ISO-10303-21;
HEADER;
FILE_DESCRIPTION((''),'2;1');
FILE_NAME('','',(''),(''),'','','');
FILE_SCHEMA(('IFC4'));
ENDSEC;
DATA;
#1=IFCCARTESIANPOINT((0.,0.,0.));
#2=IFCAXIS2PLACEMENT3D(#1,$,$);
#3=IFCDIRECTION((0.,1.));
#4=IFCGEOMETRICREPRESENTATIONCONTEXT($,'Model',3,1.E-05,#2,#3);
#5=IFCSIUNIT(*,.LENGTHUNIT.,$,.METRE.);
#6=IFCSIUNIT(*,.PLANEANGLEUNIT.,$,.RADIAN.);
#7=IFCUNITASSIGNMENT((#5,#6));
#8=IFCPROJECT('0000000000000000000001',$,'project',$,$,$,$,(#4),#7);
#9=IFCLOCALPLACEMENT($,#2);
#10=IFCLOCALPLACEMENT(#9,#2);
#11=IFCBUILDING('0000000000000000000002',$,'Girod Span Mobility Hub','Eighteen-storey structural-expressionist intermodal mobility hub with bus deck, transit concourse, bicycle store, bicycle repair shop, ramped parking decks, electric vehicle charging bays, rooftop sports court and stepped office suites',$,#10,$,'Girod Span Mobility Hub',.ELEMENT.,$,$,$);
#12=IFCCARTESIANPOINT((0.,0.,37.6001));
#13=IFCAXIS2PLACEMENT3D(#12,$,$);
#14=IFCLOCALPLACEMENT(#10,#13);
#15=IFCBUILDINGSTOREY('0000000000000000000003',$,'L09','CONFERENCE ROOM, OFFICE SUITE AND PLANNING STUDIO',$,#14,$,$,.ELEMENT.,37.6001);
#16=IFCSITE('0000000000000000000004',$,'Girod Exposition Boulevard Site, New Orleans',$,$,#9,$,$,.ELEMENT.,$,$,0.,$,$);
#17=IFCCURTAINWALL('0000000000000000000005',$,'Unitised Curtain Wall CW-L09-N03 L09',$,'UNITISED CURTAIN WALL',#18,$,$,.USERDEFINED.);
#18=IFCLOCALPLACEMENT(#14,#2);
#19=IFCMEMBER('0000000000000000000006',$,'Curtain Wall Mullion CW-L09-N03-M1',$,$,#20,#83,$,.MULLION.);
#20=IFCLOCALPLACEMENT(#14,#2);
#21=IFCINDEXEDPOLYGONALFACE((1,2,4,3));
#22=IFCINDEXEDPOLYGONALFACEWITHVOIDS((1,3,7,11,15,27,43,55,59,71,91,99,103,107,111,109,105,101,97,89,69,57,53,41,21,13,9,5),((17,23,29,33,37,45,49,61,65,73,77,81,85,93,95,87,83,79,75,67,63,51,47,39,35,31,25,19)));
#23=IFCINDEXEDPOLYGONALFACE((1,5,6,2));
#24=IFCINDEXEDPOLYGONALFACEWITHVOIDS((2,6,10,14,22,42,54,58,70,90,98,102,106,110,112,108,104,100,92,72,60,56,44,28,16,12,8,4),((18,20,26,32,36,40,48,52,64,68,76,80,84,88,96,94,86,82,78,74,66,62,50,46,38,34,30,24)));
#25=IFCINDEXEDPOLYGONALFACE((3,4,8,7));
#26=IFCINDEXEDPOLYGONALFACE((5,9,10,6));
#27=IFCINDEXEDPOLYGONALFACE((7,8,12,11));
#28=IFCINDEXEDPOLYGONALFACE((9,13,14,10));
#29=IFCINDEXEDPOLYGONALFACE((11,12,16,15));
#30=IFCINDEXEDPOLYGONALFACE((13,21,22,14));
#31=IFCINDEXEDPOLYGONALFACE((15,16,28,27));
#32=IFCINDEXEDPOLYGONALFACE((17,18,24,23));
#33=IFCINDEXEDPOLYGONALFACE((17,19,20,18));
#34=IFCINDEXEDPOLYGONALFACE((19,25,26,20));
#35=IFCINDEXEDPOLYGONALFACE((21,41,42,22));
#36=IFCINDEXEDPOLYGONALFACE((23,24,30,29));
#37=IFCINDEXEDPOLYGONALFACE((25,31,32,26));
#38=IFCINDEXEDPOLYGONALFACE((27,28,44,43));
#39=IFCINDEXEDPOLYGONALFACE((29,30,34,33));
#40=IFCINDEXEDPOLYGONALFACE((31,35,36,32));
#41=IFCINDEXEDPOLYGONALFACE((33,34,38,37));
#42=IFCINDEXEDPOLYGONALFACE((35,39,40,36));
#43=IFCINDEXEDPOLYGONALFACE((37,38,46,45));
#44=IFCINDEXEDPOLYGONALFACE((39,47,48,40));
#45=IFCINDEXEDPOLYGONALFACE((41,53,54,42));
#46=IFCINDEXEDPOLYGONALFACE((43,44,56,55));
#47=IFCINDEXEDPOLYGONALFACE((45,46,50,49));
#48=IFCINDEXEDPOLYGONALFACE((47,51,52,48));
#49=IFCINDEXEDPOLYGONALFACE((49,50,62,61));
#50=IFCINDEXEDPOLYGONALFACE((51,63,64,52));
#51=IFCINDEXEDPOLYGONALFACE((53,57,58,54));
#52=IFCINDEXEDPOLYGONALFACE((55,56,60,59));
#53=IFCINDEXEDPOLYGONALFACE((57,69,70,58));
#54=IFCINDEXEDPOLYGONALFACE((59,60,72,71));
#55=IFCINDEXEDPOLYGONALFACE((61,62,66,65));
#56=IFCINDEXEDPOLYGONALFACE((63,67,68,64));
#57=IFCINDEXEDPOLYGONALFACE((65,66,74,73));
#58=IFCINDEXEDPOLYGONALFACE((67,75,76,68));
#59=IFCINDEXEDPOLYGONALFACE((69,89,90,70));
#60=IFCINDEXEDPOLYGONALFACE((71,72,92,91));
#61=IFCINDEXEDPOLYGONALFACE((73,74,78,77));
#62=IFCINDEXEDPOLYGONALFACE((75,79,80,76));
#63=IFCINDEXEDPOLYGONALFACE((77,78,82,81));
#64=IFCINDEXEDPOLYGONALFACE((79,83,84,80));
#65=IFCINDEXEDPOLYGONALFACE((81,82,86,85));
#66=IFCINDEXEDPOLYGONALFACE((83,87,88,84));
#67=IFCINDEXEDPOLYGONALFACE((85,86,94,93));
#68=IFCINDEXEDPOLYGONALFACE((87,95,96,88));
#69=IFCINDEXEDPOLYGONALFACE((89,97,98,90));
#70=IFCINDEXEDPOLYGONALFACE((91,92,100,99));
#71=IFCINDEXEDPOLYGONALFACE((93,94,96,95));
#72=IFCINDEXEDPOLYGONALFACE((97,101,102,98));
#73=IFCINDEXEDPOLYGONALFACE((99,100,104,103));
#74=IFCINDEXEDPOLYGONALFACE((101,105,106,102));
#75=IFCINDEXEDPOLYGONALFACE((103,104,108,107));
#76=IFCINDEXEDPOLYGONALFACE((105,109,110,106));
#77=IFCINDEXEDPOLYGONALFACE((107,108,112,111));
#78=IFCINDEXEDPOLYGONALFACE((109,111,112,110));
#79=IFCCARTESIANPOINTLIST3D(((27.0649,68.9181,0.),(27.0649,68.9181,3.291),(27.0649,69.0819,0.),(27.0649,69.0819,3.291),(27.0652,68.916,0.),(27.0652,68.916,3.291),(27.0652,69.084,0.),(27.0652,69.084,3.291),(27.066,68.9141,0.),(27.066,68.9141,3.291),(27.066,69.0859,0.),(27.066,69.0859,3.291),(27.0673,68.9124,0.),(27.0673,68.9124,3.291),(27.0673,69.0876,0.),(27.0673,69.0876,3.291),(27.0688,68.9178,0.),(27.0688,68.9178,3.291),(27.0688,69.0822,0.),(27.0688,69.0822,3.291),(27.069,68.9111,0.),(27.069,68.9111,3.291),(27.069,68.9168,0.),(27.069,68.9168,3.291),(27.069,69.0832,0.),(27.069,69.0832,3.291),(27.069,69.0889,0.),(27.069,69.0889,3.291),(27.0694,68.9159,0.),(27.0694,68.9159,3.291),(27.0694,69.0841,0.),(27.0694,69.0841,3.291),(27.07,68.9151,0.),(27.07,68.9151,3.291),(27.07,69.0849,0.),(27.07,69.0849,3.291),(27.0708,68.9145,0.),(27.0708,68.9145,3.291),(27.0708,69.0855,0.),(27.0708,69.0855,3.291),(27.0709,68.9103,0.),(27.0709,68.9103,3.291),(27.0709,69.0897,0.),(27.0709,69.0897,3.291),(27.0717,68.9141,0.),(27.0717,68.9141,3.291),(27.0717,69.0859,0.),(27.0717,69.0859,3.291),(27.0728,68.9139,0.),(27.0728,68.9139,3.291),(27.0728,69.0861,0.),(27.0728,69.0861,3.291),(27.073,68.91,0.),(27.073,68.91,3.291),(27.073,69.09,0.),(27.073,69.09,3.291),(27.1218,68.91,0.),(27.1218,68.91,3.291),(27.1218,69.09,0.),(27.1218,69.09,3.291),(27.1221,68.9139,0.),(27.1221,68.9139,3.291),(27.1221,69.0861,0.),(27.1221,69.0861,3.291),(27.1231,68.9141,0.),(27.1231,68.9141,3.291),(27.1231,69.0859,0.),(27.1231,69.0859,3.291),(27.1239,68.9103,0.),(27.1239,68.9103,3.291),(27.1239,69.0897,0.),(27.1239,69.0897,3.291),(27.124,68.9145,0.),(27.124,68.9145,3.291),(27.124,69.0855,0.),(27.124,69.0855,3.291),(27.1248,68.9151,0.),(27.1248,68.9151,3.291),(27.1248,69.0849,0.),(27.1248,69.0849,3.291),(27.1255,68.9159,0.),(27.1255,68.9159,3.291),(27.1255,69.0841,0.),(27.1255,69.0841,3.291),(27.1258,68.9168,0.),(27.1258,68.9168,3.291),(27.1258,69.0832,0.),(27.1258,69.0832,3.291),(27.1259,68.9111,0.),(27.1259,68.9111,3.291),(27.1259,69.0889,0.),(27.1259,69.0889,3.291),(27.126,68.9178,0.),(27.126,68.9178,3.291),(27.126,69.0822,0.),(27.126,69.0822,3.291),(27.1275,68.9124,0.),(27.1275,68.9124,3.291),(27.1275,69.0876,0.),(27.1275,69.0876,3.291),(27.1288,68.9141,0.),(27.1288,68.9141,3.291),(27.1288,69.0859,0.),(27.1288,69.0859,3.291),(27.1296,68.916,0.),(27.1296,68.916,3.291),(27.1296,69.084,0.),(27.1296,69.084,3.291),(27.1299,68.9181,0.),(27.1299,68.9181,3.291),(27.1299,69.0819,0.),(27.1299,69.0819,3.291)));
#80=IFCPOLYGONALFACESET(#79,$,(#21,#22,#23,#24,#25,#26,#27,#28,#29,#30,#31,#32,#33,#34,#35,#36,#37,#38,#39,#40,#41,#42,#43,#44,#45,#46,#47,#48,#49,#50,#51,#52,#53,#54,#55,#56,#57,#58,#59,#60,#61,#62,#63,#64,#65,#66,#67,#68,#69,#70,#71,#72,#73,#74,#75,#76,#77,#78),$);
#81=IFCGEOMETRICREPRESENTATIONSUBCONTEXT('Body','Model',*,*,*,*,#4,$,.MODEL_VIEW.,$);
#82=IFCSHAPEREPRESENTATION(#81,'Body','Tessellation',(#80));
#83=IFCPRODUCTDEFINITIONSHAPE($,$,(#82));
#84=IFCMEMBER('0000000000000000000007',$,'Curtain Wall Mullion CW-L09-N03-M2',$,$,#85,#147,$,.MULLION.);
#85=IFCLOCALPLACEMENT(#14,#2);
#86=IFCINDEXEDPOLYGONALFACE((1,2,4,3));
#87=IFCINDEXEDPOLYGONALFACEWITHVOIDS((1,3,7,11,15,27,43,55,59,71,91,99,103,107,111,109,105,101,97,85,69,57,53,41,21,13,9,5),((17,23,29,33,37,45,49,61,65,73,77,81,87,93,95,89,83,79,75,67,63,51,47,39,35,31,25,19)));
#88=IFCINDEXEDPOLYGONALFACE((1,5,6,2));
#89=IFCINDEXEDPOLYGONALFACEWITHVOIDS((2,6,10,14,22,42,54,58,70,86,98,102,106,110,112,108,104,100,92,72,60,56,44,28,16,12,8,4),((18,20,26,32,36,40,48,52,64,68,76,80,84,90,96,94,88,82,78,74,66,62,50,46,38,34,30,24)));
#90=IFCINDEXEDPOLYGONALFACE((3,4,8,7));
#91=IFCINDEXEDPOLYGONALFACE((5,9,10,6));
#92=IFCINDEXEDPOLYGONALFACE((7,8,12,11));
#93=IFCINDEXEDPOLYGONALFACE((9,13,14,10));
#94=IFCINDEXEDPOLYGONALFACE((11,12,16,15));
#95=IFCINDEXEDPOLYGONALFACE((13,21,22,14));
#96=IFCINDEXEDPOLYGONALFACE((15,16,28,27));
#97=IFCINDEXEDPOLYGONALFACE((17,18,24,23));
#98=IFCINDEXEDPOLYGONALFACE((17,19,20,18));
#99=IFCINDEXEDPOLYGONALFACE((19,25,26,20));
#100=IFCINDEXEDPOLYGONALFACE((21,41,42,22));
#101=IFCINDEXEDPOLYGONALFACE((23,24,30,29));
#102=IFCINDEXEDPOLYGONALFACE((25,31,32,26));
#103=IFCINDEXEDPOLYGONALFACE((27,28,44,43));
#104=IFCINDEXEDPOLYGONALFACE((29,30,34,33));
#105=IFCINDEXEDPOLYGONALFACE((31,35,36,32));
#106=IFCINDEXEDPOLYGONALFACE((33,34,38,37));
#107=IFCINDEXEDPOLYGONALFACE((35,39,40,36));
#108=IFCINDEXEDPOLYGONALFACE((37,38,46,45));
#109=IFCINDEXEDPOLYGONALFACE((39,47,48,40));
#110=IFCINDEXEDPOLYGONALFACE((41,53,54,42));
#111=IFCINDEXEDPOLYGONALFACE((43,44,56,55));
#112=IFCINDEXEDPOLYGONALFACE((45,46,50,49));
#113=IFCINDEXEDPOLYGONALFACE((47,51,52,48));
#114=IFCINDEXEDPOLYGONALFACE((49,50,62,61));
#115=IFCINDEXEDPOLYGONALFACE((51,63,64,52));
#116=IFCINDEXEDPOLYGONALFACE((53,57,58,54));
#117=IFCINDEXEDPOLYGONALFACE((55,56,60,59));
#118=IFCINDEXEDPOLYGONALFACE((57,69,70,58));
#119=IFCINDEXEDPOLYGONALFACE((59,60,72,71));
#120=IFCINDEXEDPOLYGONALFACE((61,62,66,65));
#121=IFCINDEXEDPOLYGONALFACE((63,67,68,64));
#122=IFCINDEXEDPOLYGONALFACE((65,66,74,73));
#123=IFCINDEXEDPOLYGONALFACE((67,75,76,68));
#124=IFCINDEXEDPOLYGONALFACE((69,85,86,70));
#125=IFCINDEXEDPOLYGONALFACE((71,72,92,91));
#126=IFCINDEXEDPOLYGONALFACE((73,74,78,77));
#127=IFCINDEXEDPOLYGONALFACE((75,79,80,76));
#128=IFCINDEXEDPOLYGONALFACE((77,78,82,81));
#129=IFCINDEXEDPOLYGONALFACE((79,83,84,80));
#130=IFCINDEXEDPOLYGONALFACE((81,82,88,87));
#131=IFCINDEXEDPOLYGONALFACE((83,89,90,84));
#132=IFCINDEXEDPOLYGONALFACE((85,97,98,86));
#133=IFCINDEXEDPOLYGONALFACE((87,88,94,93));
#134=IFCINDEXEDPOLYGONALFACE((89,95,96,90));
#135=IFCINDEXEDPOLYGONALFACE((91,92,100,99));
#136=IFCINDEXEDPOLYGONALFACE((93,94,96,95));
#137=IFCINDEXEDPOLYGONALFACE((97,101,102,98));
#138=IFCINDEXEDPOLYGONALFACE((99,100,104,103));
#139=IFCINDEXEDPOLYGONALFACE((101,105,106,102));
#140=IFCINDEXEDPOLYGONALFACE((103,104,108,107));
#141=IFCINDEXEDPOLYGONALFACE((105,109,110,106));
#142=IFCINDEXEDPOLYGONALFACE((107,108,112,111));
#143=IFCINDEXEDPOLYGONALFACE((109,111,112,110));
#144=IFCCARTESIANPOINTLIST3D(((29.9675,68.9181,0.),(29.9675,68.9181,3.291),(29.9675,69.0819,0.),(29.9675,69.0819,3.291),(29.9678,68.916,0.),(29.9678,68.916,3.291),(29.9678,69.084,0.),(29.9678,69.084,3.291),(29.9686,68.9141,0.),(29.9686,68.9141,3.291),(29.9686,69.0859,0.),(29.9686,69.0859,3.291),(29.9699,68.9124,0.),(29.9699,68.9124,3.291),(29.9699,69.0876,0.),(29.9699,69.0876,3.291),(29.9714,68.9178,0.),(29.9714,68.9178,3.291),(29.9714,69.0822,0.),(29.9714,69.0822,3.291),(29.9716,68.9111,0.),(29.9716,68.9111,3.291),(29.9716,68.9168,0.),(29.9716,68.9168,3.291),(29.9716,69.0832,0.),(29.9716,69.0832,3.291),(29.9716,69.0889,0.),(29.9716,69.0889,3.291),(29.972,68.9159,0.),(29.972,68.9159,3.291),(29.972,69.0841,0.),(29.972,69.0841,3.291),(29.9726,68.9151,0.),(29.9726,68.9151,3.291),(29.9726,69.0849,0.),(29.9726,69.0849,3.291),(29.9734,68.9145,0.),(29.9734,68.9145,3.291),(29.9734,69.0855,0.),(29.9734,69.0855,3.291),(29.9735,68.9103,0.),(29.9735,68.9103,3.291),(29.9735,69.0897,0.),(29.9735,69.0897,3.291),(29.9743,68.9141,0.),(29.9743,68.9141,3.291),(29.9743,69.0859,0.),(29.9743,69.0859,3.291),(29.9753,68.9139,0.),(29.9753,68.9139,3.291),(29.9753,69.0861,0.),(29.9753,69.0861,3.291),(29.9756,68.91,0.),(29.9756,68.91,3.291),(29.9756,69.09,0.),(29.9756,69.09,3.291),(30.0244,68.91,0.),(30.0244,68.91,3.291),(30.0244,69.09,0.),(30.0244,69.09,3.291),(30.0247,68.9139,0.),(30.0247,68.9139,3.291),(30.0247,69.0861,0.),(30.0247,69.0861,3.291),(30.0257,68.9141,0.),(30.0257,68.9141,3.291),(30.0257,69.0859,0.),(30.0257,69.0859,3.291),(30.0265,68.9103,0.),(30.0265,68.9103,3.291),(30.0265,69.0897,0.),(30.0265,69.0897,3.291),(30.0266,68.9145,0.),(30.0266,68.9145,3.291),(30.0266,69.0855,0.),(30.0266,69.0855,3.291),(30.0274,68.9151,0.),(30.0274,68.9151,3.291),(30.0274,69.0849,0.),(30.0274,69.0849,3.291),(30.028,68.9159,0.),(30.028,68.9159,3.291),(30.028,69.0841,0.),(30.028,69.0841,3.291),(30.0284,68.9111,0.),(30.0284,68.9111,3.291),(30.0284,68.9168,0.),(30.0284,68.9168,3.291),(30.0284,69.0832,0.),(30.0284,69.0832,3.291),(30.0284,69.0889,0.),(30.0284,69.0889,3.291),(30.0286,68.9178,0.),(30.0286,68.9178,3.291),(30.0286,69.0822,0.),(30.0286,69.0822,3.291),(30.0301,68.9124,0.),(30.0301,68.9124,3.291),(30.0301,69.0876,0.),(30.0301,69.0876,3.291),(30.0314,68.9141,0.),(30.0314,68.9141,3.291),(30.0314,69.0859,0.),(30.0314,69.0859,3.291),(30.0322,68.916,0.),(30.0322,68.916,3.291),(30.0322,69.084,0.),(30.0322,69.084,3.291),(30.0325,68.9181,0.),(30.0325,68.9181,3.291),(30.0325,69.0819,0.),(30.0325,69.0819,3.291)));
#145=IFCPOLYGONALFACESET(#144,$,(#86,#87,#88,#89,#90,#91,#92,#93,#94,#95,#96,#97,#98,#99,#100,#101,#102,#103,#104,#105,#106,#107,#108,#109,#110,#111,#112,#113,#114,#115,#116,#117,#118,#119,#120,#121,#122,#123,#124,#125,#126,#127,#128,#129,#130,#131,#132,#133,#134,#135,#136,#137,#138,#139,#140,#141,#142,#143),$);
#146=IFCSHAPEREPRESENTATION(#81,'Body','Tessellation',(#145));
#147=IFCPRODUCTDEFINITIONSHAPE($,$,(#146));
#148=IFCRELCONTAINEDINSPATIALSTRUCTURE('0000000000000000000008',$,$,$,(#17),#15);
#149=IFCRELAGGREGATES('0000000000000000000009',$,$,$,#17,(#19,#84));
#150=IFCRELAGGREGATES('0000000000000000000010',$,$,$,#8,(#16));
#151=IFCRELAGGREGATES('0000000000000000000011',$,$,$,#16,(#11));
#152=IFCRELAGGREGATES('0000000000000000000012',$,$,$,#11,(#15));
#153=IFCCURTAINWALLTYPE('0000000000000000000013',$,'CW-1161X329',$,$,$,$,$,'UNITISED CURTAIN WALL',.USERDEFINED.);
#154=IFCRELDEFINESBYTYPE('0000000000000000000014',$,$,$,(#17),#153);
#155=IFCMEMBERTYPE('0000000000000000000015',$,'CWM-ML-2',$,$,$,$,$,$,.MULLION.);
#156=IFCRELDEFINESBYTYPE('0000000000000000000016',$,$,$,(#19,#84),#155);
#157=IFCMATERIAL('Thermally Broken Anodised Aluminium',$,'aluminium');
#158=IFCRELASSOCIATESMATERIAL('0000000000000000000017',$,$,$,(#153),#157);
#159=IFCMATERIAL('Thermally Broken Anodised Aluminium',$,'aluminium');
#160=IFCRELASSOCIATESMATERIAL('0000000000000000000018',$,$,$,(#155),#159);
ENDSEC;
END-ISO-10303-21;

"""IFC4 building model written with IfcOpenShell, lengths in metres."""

from ifc_helpers import new_model, si_unit, direction, frame, origin, origin_2d, place, context, subcontext, project, spatial, hollow_rectangle, extrude, material, material_profile, profile_set, type_object, element, aggregate, save


model = new_model("IFC4")

# Units and contexts
model_context = context("Model", 3, precision=1e-05, world=origin(), true_north=direction((0.0, 1.0)))
body_context = subcontext(model_context, "Body", "Model", "MODEL_VIEW")
ifc_project = project(units=[si_unit("LENGTHUNIT", "METRE"), si_unit("PLANEANGLEUNIT", "RADIAN")], contexts=[model_context])

# Site, building, storey
site_placement = place(None, origin())
site = spatial("IfcSite", under=ifc_project, at=site_placement, Name="Girod Exposition Boulevard Site, New Orleans", CompositionType="ELEMENT", RefElevation=0.0)
building_placement = place(site_placement, origin())
building = spatial("IfcBuilding", under=site, at=building_placement, Name="Girod Span Mobility Hub", Description="Eighteen-storey structural-expressionist intermodal mobility hub with bus deck, transit concourse, bicycle store, bicycle repair shop, ramped parking decks, electric vehicle charging bays, rooftop sports court and stepped office suites", LongName="Girod Span Mobility Hub", CompositionType="ELEMENT")
storey_placement = place(building_placement, frame((0.0, 0.0, 37.6001)))
storey = spatial("IfcBuildingStorey", under=building, at=storey_placement, Name="L09", Description="CONFERENCE ROOM, OFFICE SUITE AND PLANNING STUDIO", CompositionType="ELEMENT", Elevation=37.6001)

# Curtain wall, members
ifc_material_1 = material(Name="Thermally Broken Anodised Aluminium", Category="aluminium")
curtain_wall_type = type_object("IfcCurtainWallType", Name="CW-1161X329", ElementType="UNITISED CURTAIN WALL", PredefinedType="USERDEFINED", material=ifc_material_1)
curtain_wall_placement = place(storey_placement, origin())
curtain_wall = element("IfcCurtainWall", 1, at=curtain_wall_placement, inside=storey, type_object=curtain_wall_type, Name="Unitised Curtain Wall CW-L09-N03 L09", ObjectType="UNITISED CURTAIN WALL", PredefinedType="USERDEFINED")
ifc_material_2 = material(Name="Thermally Broken Anodised Aluminium", Category="aluminium")
ifc_material_profile_1 = material_profile(ifc_material_2, hollow_rectangle(XDim=0.1799, YDim=0.0649, WallThickness=0.0039, InnerFilletRadius=0.0039, OuterFilletRadius=0.0081, at=origin_2d()), Name="CW-ML-65X180")
ifc_profile_set_1 = profile_set([ifc_material_profile_1], Name="Thermally Broken Anodised Aluminium")
member_type_1 = type_object("IfcMemberType", Name="CWM-ML-2", PredefinedType="MULLION", material=ifc_profile_set_1)
member_1_placement = place(storey_placement, frame((27.0974, 69.0, 0.0), z_axis=(0.0, 0.0, 1.0), x_axis=(0.0, 1.0, 0.0)))
member_1 = element("IfcMember", 2, at=member_1_placement, type_object=member_type_1, Name="Curtain Wall Mullion CW-L09-N03-M1", PredefinedType="MULLION", context=body_context, shape_type="SweptSolid", body=[
    extrude(hollow_rectangle(XDim=0.1799, YDim=0.0649, WallThickness=0.0039, InnerFilletRadius=0.0039, OuterFilletRadius=0.0081, at=origin_2d()), origin(), (0.0, 0.0, 1.0), 3.291),
])
member_2_placement = place(storey_placement, frame((30.0, 69.0, 0.0), z_axis=(0.0, 0.0, 1.0), x_axis=(0.0, 1.0, 0.0)))
member_2 = element("IfcMember", 3, at=member_2_placement, type_object=member_type_1, Name="Curtain Wall Mullion CW-L09-N03-M2", PredefinedType="MULLION", context=body_context, shape_type="SweptSolid", body=[
    extrude(hollow_rectangle(XDim=0.1799, YDim=0.0649, WallThickness=0.0039, InnerFilletRadius=0.0039, OuterFilletRadius=0.0081, at=origin_2d()), origin(), (0.0, 0.0, 1.0), 3.291),
])

aggregate(curtain_wall, [member_1, member_2])

save(model, "model.ifc")
